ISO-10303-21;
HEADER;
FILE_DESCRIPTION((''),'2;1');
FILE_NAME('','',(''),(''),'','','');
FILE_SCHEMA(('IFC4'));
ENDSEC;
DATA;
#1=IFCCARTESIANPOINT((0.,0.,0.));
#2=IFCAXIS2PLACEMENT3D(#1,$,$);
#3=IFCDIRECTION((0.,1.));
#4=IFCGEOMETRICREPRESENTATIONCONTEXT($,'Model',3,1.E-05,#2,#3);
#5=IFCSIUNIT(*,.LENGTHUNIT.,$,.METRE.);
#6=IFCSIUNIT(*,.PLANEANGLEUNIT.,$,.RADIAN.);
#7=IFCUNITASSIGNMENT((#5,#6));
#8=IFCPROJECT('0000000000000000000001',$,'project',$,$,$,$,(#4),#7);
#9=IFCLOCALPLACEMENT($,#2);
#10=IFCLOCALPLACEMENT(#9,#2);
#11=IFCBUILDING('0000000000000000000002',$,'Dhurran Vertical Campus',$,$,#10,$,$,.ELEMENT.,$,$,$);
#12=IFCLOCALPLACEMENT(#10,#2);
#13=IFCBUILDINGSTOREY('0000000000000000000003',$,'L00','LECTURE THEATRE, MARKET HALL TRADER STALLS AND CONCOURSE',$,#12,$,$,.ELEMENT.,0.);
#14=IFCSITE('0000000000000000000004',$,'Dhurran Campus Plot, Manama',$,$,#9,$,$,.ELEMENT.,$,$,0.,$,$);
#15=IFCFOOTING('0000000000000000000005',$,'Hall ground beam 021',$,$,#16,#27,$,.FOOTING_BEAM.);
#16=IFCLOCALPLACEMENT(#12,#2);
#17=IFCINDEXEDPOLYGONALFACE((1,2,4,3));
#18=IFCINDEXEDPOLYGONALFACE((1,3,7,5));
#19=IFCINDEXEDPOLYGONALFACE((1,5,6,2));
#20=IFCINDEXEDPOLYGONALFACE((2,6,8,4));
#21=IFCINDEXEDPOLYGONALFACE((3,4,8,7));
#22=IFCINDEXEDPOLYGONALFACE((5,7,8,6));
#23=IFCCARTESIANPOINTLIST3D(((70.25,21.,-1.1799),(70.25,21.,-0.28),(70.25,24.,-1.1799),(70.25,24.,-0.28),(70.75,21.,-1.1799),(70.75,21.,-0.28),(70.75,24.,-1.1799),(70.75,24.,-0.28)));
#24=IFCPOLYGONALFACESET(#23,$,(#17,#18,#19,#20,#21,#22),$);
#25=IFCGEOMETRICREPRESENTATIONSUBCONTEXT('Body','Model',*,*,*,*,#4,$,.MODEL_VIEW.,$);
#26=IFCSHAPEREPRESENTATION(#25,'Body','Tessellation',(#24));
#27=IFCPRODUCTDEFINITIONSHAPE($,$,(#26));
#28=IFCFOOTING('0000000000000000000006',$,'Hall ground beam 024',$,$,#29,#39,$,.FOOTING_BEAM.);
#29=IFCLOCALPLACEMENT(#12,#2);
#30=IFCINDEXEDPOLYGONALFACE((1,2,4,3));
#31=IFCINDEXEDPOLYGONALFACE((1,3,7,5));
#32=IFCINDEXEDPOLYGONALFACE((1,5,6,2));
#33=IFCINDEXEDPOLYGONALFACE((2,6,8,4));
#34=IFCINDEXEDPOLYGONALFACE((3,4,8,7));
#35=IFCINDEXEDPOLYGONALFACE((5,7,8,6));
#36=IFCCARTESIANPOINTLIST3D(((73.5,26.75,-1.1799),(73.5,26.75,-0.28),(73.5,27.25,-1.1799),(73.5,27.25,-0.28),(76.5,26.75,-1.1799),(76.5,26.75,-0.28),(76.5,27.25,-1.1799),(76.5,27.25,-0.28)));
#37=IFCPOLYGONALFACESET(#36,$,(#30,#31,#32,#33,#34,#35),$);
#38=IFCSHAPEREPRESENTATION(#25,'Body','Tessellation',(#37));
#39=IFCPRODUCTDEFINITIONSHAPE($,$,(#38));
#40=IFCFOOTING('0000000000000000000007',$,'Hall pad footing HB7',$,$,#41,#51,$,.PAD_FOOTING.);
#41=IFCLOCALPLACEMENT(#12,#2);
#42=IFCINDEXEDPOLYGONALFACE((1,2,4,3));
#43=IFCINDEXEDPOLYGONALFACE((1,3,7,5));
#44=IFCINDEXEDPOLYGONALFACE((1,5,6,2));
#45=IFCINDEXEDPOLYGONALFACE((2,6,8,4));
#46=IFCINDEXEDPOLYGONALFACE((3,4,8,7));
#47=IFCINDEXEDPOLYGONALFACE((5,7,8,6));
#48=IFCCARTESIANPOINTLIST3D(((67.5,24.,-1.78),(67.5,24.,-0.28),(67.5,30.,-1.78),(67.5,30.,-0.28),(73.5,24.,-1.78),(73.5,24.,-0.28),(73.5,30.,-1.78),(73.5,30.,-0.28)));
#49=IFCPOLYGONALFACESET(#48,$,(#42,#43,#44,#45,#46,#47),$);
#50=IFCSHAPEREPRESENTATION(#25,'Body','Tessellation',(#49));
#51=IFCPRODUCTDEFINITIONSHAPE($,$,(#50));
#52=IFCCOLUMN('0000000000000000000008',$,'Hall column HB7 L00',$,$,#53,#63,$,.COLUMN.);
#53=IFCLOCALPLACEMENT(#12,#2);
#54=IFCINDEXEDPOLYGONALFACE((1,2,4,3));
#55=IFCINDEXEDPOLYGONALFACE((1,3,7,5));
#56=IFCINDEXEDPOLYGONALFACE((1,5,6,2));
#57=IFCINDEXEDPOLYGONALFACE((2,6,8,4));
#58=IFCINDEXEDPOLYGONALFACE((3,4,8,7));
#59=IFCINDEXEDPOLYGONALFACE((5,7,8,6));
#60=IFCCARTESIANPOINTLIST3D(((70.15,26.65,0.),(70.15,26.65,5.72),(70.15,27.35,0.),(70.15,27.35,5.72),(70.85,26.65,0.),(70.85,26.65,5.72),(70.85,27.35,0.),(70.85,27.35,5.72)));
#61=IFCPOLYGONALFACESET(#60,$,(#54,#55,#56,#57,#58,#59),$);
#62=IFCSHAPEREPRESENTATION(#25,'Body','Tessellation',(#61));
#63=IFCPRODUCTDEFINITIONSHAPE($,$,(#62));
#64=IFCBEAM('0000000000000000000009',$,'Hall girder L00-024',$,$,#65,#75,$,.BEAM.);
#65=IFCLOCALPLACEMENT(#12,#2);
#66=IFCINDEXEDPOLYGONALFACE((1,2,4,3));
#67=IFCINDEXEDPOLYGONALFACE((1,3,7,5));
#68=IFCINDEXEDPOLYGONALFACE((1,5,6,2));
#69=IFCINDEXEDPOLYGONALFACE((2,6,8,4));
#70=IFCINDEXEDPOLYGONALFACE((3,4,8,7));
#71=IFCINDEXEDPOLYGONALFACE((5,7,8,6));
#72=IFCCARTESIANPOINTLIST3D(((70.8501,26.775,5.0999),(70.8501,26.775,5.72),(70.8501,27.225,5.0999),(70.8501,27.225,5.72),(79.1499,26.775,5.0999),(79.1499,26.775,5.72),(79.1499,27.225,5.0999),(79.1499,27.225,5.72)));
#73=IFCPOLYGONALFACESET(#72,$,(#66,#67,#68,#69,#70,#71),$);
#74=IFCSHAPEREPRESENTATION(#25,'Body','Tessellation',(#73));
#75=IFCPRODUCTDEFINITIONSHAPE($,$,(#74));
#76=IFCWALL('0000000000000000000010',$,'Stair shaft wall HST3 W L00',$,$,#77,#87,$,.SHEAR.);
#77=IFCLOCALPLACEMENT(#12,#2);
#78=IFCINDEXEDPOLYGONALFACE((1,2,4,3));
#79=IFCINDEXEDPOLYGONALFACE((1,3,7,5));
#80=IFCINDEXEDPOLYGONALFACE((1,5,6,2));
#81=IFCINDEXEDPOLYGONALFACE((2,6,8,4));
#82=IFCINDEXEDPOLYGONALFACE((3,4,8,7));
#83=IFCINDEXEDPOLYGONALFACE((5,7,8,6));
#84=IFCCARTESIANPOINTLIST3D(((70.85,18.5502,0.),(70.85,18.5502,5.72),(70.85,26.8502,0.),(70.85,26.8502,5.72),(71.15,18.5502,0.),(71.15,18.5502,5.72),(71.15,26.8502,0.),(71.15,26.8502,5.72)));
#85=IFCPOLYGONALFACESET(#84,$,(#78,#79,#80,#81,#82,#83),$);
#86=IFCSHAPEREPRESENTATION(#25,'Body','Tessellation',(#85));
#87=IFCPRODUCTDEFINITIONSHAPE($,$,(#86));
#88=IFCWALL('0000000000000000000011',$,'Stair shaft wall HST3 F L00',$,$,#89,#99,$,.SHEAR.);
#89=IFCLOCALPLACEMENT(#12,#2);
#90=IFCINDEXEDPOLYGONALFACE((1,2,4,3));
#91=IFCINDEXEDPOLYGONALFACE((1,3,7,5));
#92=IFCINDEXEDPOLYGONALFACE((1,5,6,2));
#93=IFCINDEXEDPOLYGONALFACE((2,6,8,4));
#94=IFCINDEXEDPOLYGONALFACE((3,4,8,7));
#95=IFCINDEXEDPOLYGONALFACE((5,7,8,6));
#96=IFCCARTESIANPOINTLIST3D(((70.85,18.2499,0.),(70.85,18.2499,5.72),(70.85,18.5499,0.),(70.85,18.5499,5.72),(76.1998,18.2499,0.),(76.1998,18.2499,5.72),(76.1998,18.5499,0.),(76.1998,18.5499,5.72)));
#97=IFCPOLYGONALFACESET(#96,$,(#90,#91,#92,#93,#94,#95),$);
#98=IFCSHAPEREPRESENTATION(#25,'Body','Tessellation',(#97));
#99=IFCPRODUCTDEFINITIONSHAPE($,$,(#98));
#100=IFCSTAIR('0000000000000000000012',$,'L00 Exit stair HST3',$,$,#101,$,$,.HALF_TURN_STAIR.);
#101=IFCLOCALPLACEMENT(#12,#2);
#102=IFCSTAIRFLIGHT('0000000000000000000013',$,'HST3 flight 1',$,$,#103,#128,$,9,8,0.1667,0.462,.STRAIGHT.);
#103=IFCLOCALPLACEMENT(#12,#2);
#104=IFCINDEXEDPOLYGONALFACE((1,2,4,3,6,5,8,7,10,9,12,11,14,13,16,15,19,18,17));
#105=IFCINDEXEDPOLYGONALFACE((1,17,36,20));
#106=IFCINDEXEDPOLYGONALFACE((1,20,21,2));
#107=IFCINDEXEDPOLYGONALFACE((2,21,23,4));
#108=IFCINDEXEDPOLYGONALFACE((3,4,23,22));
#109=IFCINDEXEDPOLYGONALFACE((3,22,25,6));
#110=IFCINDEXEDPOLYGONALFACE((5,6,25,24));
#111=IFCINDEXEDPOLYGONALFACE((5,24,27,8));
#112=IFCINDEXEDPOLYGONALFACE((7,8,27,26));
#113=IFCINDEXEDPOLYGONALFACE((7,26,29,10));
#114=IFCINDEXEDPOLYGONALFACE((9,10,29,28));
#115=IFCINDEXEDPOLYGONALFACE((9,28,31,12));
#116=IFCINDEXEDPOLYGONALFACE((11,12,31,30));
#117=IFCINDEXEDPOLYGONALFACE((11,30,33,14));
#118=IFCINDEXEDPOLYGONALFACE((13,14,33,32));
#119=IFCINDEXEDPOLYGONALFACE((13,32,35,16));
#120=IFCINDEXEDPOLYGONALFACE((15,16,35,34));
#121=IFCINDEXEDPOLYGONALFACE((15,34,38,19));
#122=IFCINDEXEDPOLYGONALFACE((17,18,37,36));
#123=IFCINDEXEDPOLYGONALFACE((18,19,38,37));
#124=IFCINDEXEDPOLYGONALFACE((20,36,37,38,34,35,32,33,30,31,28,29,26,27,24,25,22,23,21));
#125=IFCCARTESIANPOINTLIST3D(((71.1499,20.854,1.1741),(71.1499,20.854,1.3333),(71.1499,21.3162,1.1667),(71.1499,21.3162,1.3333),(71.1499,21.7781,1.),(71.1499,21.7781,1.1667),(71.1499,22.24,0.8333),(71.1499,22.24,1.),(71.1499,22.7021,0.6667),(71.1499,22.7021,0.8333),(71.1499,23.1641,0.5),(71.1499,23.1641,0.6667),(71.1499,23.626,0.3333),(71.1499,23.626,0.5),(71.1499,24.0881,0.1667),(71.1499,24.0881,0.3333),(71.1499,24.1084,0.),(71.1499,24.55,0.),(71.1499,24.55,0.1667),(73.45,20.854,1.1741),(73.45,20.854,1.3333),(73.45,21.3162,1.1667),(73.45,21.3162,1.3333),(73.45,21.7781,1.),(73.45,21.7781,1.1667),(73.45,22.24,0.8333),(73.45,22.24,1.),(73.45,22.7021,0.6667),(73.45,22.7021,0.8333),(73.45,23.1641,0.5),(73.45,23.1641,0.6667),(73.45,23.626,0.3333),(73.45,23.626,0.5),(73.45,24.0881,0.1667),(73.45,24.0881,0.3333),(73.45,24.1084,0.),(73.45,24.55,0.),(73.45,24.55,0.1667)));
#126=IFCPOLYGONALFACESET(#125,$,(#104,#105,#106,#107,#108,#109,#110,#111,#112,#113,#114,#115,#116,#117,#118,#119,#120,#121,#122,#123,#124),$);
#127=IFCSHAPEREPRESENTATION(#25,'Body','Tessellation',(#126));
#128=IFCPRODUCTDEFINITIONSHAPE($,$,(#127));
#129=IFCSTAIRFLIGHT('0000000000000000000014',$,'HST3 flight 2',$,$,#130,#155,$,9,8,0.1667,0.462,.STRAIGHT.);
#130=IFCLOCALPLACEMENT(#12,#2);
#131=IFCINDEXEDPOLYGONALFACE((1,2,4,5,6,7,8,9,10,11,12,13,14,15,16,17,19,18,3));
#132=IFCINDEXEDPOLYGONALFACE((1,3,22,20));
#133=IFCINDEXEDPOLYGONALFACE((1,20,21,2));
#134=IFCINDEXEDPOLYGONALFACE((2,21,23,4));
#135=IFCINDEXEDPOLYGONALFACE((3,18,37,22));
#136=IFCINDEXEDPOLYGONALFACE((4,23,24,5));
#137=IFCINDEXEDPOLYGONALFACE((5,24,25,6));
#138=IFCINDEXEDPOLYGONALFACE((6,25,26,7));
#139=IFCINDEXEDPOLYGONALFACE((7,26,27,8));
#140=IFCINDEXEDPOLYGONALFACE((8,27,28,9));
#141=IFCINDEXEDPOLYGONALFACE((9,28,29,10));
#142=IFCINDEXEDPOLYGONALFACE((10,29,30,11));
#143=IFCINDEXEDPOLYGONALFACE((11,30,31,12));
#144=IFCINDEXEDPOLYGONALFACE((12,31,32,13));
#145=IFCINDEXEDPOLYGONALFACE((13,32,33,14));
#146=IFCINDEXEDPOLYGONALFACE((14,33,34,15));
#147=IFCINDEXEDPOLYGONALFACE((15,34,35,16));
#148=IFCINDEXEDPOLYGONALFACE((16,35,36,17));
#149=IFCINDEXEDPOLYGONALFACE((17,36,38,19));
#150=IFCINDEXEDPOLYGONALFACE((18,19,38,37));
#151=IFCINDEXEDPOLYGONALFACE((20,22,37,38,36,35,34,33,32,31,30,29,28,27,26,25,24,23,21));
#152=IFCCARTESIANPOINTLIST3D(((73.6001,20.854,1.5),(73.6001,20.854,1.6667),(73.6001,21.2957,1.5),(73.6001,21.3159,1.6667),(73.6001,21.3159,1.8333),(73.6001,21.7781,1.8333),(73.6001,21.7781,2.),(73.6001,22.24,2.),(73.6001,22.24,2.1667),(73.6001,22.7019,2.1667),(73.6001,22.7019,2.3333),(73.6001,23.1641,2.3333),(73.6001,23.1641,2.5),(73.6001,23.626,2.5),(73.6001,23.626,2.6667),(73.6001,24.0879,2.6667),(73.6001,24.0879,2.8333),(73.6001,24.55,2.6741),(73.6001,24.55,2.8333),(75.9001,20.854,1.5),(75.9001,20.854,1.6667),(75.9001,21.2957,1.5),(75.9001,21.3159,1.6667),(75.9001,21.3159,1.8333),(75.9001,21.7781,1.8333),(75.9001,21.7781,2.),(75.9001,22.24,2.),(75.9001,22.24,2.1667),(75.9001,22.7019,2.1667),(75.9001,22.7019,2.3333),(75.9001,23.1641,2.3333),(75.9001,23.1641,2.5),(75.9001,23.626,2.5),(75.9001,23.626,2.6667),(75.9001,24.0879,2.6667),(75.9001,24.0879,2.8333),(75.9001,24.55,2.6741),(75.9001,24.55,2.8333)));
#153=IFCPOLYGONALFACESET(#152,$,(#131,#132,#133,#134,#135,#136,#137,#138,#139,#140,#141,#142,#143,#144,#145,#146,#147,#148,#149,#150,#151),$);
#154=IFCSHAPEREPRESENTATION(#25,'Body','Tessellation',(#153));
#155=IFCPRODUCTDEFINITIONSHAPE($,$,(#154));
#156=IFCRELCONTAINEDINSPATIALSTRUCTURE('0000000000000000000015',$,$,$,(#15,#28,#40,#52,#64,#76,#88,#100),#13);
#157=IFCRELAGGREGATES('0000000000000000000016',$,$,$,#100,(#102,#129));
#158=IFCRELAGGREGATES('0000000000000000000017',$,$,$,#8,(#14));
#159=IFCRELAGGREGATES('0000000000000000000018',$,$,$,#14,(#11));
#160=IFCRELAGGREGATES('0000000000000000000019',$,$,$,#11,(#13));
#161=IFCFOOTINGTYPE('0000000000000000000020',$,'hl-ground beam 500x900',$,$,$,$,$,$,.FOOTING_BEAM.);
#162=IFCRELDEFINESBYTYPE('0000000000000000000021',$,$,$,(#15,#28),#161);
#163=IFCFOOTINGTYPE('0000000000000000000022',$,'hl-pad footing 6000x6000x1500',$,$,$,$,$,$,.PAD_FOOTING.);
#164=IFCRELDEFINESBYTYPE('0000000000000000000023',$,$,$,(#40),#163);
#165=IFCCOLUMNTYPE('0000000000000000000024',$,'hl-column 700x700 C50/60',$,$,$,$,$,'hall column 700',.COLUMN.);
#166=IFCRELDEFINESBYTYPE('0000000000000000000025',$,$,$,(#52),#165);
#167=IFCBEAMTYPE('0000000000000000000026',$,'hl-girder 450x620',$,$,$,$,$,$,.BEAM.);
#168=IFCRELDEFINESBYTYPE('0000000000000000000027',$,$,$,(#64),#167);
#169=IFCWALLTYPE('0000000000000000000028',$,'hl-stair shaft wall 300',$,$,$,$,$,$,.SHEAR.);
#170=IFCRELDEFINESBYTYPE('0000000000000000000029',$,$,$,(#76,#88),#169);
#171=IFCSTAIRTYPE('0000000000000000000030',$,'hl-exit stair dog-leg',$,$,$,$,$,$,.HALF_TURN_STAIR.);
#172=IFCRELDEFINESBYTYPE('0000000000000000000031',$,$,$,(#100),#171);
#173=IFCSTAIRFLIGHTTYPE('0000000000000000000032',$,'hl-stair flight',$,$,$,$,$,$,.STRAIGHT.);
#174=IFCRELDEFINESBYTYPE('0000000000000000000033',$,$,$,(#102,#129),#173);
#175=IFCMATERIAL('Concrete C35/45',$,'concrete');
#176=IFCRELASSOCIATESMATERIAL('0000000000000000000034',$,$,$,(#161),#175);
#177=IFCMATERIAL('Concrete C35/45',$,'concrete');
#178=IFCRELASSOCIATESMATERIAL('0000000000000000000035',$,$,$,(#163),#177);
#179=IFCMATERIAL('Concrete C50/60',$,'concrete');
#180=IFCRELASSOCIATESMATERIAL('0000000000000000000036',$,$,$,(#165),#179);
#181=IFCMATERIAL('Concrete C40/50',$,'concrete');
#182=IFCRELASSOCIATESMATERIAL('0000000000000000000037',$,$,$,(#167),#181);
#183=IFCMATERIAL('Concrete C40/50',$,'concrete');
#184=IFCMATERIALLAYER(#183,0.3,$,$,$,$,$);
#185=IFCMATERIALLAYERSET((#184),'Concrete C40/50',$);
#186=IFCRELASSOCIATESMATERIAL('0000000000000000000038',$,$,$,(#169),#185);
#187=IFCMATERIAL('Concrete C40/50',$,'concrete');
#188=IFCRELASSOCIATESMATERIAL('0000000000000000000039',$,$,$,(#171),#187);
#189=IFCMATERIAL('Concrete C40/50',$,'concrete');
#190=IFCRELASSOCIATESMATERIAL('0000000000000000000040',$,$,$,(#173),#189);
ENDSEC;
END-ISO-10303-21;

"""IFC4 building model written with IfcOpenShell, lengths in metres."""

from ifc_helpers import new_model, si_unit, direction, frame, frame_2d, origin, origin_2d, place, context, subcontext, project, spatial, polyline, rectangle, outline, extrude, material, layer, layer_set, material_profile, profile_set, type_object, element, aggregate, save


model = new_model("IFC4")

# Units and contexts
model_context = context("Model", 3, precision=1e-05, world=origin(), true_north=direction((0.0, 1.0)))
body_context = subcontext(model_context, "Body", "Model", "MODEL_VIEW")
ifc_project = project(units=[si_unit("LENGTHUNIT", "METRE"), si_unit("PLANEANGLEUNIT", "RADIAN")], contexts=[model_context])

# Site, building, storey
site_placement = place(None, origin())
site = spatial("IfcSite", under=ifc_project, at=site_placement, Name="Dhurran Campus Plot, Manama", CompositionType="ELEMENT", RefElevation=0.0)
building_placement = place(site_placement, origin())
building = spatial("IfcBuilding", under=site, at=building_placement, Name="Dhurran Vertical Campus", CompositionType="ELEMENT")
storey_placement = place(building_placement, origin())
storey = spatial("IfcBuildingStorey", under=building, at=storey_placement, Name="L00", Description="LECTURE THEATRE, MARKET HALL TRADER STALLS AND CONCOURSE", CompositionType="ELEMENT", Elevation=0.0)

# Footings
ifc_material_1 = material(Name="Concrete C35/45", Category="concrete")
ifc_material_profile_1 = material_profile(ifc_material_1, rectangle(XDim=0.5, YDim=0.8999, at=origin_2d()), Name="hl-ground beam 500x900")
ifc_profile_set_1 = profile_set([ifc_material_profile_1], Name="Concrete C35/45")
footing_type_1 = type_object("IfcFootingType", Name="hl-ground beam 500x900", PredefinedType="FOOTING_BEAM", material=ifc_profile_set_1)
for number, where, z_axis, x_axis, name in (
    (1, (70.5, 21.0, -0.73), (0.0, 1.0, 0.0), (-1.0, 0.0, 0.0), "Hall ground beam 021"),
    (2, (73.5, 27.0, -0.73), (1.0, 0.0, 0.0), (0.0, 1.0, 0.0), "Hall ground beam 024"),
):
    element("IfcFooting", number, at=place(storey_placement, frame(where, z_axis=z_axis, x_axis=x_axis)), inside=storey, type_object=footing_type_1, Name=name, PredefinedType="FOOTING_BEAM", context=body_context, shape_type="SweptSolid", body=[
        extrude(rectangle(XDim=0.5, YDim=0.8999, at=origin_2d()), origin(), (0.0, 0.0, 1.0), 3.0),
    ])
ifc_material_2 = material(Name="Concrete C35/45", Category="concrete")
footing_type_2 = type_object("IfcFootingType", Name="hl-pad footing 6000x6000x1500", PredefinedType="PAD_FOOTING", material=ifc_material_2)
footing_placement = place(storey_placement, frame((70.5, 27.0, -1.78), z_axis=(0.0, 0.0, 1.0), x_axis=(1.0, 0.0, 0.0)))
element("IfcFooting", 3, at=footing_placement, inside=storey, type_object=footing_type_2, Name="Hall pad footing HB7", PredefinedType="PAD_FOOTING", context=body_context, shape_type="SweptSolid", body=[
    extrude(rectangle(XDim=6.0, YDim=6.0, at=origin_2d()), origin(), (0.0, 0.0, 1.0), 1.5),
])

# Column
ifc_material_3 = material(Name="Concrete C50/60", Category="concrete")
ifc_material_profile_2 = material_profile(ifc_material_3, rectangle(XDim=0.7, YDim=0.7, at=origin_2d()), Name="hl-column 700x700 C50/60")
ifc_profile_set_2 = profile_set([ifc_material_profile_2], Name="Concrete C50/60")
column_type = type_object("IfcColumnType", Name="hl-column 700x700 C50/60", ElementType="hall column 700", PredefinedType="COLUMN", material=ifc_profile_set_2)
column_placement = place(storey_placement, frame((70.5, 27.0, 0.0), z_axis=(0.0, 0.0, 1.0), x_axis=(1.0, 0.0, 0.0)))
element("IfcColumn", 4, at=column_placement, inside=storey, type_object=column_type, Name="Hall column HB7 L00", PredefinedType="COLUMN", context=body_context, shape_type="SweptSolid", body=[
    extrude(rectangle(XDim=0.7, YDim=0.7, at=origin_2d()), origin(), (0.0, 0.0, 1.0), 5.72),
])

# Beam
ifc_material_4 = material(Name="Concrete C40/50", Category="concrete")
ifc_material_profile_3 = material_profile(ifc_material_4, rectangle(XDim=0.45, YDim=0.6201, at=origin_2d()), Name="hl-girder 450x620")
ifc_profile_set_3 = profile_set([ifc_material_profile_3], Name="Concrete C40/50")
beam_type = type_object("IfcBeamType", Name="hl-girder 450x620", PredefinedType="BEAM", material=ifc_profile_set_3)
beam_placement = place(storey_placement, frame((70.8501, 27.0, 5.4099), z_axis=(1.0, 0.0, 0.0), x_axis=(0.0, 1.0, 0.0)))
element("IfcBeam", 5, at=beam_placement, inside=storey, type_object=beam_type, Name="Hall girder L00-024", PredefinedType="BEAM", context=body_context, shape_type="SweptSolid", body=[
    extrude(rectangle(XDim=0.45, YDim=0.6201, at=origin_2d()), origin(), (0.0, 0.0, 1.0), 8.2998),
])

# Walls
ifc_material_5 = material(Name="Concrete C40/50", Category="concrete")
ifc_layer = layer(ifc_material_5, 0.3)
ifc_layer_set = layer_set([ifc_layer], Name="Concrete C40/50")
wall_type = type_object("IfcWallType", Name="hl-stair shaft wall 300", PredefinedType="SHEAR", material=ifc_layer_set)
wall_1_placement = place(storey_placement, frame((71.0, 26.8501, 0.0), z_axis=(0.0, 0.0, 1.0), x_axis=(0.0, -1.0, 0.0)))
element("IfcWall", 6, at=wall_1_placement, inside=storey, type_object=wall_type, Name="Stair shaft wall HST3 W L00", PredefinedType="SHEAR", context=body_context, shape_type="SweptSolid", body=[
    extrude(rectangle(XDim=8.3, YDim=0.3, at=frame_2d((4.1499, 0.0))), origin(), (0.0, 0.0, 1.0), 5.72),
])
wall_2_placement = place(storey_placement, frame((70.8501, 18.3999, 0.0), z_axis=(0.0, 0.0, 1.0), x_axis=(1.0, 0.0, 0.0)))
element("IfcWall", 7, at=wall_2_placement, inside=storey, type_object=wall_type, Name="Stair shaft wall HST3 F L00", PredefinedType="SHEAR", context=body_context, shape_type="SweptSolid", body=[
    extrude(rectangle(XDim=5.3499, YDim=0.3, at=frame_2d((2.6748, 0.0))), origin(), (0.0, 0.0, 1.0), 5.72),
])

# Stair, stair flights
ifc_material_6 = material(Name="Concrete C40/50", Category="concrete")
stair_type = type_object("IfcStairType", Name="hl-exit stair dog-leg", PredefinedType="HALF_TURN_STAIR", material=ifc_material_6)
stair_placement = place(storey_placement, origin())
stair = element("IfcStair", 8, at=stair_placement, inside=storey, type_object=stair_type, Name="L00 Exit stair HST3", PredefinedType="HALF_TURN_STAIR")
ifc_material_7 = material(Name="Concrete C40/50", Category="concrete")
stair_flight_type = type_object("IfcStairFlightType", Name="hl-stair flight", PredefinedType="STRAIGHT", material=ifc_material_7)
stair_flight_1_placement = place(storey_placement, frame((72.3, 24.55, 0.0), z_axis=(0.0, 0.0, 1.0), x_axis=(0.0, -1.0, 0.0)))
stair_flight_1 = element("IfcStairFlight", 9, at=stair_flight_1_placement, type_object=stair_flight_type, Name="HST3 flight 1", NumberOfRisers=9, NumberOfTreads=8, PredefinedType="STRAIGHT", RiserHeight=0.1667, TreadLength=0.462, context=body_context, shape_type="SweptSolid", body=[
    extrude(outline(polyline([(0.0, 0.0), (0.0, 0.1667), (0.4619, 0.1667), (0.4619, 0.3333), (0.9241, 0.3333), (0.9241, 0.5), (1.386, 0.5), (1.386, 0.6667), (1.8479, 0.6667), (1.8479, 0.8333), (2.3101, 0.8333), (2.3101, 1.0), (2.772, 1.0), (2.772, 1.1667), (3.2339, 1.1667), (3.2339, 1.3333), (3.696, 1.3333), (3.696, 1.5), (3.696, 1.1741), (0.4417, 0.0), (0.0, 0.0)])), frame((0.0, 1.1499, 0.0), z_axis=(0.0, -1.0, 0.0), x_axis=(1.0, 0.0, 0.0)), (0.0, 0.0, 1.0), 2.3),
])
stair_flight_2_placement = place(storey_placement, frame((74.75, 20.854, 1.5), z_axis=(0.0, 0.0, 1.0), x_axis=(0.0, 1.0, 0.0)))
stair_flight_2 = element("IfcStairFlight", 10, at=stair_flight_2_placement, type_object=stair_flight_type, Name="HST3 flight 2", NumberOfRisers=9, NumberOfTreads=8, PredefinedType="STRAIGHT", RiserHeight=0.1667, TreadLength=0.462, context=body_context, shape_type="SweptSolid", body=[
    extrude(outline(polyline([(0.0, 0.0), (0.0, 0.1667), (0.4619, 0.1667), (0.4619, 0.3333), (0.9241, 0.3333), (0.9241, 0.5), (1.386, 0.5), (1.386, 0.6667), (1.8479, 0.6667), (1.8479, 0.8333), (2.3101, 0.8333), (2.3101, 1.0), (2.772, 1.0), (2.772, 1.1667), (3.2339, 1.1667), (3.2339, 1.3333), (3.696, 1.3333), (3.696, 1.5), (3.696, 1.1741), (0.4417, 0.0), (0.0, 0.0)])), frame((0.0, 1.1499, 0.0), z_axis=(0.0, -1.0, 0.0), x_axis=(1.0, 0.0, 0.0)), (0.0, 0.0, 1.0), 2.3),
])
aggregate(stair, [stair_flight_1, stair_flight_2])

save(model, "model.ifc")
